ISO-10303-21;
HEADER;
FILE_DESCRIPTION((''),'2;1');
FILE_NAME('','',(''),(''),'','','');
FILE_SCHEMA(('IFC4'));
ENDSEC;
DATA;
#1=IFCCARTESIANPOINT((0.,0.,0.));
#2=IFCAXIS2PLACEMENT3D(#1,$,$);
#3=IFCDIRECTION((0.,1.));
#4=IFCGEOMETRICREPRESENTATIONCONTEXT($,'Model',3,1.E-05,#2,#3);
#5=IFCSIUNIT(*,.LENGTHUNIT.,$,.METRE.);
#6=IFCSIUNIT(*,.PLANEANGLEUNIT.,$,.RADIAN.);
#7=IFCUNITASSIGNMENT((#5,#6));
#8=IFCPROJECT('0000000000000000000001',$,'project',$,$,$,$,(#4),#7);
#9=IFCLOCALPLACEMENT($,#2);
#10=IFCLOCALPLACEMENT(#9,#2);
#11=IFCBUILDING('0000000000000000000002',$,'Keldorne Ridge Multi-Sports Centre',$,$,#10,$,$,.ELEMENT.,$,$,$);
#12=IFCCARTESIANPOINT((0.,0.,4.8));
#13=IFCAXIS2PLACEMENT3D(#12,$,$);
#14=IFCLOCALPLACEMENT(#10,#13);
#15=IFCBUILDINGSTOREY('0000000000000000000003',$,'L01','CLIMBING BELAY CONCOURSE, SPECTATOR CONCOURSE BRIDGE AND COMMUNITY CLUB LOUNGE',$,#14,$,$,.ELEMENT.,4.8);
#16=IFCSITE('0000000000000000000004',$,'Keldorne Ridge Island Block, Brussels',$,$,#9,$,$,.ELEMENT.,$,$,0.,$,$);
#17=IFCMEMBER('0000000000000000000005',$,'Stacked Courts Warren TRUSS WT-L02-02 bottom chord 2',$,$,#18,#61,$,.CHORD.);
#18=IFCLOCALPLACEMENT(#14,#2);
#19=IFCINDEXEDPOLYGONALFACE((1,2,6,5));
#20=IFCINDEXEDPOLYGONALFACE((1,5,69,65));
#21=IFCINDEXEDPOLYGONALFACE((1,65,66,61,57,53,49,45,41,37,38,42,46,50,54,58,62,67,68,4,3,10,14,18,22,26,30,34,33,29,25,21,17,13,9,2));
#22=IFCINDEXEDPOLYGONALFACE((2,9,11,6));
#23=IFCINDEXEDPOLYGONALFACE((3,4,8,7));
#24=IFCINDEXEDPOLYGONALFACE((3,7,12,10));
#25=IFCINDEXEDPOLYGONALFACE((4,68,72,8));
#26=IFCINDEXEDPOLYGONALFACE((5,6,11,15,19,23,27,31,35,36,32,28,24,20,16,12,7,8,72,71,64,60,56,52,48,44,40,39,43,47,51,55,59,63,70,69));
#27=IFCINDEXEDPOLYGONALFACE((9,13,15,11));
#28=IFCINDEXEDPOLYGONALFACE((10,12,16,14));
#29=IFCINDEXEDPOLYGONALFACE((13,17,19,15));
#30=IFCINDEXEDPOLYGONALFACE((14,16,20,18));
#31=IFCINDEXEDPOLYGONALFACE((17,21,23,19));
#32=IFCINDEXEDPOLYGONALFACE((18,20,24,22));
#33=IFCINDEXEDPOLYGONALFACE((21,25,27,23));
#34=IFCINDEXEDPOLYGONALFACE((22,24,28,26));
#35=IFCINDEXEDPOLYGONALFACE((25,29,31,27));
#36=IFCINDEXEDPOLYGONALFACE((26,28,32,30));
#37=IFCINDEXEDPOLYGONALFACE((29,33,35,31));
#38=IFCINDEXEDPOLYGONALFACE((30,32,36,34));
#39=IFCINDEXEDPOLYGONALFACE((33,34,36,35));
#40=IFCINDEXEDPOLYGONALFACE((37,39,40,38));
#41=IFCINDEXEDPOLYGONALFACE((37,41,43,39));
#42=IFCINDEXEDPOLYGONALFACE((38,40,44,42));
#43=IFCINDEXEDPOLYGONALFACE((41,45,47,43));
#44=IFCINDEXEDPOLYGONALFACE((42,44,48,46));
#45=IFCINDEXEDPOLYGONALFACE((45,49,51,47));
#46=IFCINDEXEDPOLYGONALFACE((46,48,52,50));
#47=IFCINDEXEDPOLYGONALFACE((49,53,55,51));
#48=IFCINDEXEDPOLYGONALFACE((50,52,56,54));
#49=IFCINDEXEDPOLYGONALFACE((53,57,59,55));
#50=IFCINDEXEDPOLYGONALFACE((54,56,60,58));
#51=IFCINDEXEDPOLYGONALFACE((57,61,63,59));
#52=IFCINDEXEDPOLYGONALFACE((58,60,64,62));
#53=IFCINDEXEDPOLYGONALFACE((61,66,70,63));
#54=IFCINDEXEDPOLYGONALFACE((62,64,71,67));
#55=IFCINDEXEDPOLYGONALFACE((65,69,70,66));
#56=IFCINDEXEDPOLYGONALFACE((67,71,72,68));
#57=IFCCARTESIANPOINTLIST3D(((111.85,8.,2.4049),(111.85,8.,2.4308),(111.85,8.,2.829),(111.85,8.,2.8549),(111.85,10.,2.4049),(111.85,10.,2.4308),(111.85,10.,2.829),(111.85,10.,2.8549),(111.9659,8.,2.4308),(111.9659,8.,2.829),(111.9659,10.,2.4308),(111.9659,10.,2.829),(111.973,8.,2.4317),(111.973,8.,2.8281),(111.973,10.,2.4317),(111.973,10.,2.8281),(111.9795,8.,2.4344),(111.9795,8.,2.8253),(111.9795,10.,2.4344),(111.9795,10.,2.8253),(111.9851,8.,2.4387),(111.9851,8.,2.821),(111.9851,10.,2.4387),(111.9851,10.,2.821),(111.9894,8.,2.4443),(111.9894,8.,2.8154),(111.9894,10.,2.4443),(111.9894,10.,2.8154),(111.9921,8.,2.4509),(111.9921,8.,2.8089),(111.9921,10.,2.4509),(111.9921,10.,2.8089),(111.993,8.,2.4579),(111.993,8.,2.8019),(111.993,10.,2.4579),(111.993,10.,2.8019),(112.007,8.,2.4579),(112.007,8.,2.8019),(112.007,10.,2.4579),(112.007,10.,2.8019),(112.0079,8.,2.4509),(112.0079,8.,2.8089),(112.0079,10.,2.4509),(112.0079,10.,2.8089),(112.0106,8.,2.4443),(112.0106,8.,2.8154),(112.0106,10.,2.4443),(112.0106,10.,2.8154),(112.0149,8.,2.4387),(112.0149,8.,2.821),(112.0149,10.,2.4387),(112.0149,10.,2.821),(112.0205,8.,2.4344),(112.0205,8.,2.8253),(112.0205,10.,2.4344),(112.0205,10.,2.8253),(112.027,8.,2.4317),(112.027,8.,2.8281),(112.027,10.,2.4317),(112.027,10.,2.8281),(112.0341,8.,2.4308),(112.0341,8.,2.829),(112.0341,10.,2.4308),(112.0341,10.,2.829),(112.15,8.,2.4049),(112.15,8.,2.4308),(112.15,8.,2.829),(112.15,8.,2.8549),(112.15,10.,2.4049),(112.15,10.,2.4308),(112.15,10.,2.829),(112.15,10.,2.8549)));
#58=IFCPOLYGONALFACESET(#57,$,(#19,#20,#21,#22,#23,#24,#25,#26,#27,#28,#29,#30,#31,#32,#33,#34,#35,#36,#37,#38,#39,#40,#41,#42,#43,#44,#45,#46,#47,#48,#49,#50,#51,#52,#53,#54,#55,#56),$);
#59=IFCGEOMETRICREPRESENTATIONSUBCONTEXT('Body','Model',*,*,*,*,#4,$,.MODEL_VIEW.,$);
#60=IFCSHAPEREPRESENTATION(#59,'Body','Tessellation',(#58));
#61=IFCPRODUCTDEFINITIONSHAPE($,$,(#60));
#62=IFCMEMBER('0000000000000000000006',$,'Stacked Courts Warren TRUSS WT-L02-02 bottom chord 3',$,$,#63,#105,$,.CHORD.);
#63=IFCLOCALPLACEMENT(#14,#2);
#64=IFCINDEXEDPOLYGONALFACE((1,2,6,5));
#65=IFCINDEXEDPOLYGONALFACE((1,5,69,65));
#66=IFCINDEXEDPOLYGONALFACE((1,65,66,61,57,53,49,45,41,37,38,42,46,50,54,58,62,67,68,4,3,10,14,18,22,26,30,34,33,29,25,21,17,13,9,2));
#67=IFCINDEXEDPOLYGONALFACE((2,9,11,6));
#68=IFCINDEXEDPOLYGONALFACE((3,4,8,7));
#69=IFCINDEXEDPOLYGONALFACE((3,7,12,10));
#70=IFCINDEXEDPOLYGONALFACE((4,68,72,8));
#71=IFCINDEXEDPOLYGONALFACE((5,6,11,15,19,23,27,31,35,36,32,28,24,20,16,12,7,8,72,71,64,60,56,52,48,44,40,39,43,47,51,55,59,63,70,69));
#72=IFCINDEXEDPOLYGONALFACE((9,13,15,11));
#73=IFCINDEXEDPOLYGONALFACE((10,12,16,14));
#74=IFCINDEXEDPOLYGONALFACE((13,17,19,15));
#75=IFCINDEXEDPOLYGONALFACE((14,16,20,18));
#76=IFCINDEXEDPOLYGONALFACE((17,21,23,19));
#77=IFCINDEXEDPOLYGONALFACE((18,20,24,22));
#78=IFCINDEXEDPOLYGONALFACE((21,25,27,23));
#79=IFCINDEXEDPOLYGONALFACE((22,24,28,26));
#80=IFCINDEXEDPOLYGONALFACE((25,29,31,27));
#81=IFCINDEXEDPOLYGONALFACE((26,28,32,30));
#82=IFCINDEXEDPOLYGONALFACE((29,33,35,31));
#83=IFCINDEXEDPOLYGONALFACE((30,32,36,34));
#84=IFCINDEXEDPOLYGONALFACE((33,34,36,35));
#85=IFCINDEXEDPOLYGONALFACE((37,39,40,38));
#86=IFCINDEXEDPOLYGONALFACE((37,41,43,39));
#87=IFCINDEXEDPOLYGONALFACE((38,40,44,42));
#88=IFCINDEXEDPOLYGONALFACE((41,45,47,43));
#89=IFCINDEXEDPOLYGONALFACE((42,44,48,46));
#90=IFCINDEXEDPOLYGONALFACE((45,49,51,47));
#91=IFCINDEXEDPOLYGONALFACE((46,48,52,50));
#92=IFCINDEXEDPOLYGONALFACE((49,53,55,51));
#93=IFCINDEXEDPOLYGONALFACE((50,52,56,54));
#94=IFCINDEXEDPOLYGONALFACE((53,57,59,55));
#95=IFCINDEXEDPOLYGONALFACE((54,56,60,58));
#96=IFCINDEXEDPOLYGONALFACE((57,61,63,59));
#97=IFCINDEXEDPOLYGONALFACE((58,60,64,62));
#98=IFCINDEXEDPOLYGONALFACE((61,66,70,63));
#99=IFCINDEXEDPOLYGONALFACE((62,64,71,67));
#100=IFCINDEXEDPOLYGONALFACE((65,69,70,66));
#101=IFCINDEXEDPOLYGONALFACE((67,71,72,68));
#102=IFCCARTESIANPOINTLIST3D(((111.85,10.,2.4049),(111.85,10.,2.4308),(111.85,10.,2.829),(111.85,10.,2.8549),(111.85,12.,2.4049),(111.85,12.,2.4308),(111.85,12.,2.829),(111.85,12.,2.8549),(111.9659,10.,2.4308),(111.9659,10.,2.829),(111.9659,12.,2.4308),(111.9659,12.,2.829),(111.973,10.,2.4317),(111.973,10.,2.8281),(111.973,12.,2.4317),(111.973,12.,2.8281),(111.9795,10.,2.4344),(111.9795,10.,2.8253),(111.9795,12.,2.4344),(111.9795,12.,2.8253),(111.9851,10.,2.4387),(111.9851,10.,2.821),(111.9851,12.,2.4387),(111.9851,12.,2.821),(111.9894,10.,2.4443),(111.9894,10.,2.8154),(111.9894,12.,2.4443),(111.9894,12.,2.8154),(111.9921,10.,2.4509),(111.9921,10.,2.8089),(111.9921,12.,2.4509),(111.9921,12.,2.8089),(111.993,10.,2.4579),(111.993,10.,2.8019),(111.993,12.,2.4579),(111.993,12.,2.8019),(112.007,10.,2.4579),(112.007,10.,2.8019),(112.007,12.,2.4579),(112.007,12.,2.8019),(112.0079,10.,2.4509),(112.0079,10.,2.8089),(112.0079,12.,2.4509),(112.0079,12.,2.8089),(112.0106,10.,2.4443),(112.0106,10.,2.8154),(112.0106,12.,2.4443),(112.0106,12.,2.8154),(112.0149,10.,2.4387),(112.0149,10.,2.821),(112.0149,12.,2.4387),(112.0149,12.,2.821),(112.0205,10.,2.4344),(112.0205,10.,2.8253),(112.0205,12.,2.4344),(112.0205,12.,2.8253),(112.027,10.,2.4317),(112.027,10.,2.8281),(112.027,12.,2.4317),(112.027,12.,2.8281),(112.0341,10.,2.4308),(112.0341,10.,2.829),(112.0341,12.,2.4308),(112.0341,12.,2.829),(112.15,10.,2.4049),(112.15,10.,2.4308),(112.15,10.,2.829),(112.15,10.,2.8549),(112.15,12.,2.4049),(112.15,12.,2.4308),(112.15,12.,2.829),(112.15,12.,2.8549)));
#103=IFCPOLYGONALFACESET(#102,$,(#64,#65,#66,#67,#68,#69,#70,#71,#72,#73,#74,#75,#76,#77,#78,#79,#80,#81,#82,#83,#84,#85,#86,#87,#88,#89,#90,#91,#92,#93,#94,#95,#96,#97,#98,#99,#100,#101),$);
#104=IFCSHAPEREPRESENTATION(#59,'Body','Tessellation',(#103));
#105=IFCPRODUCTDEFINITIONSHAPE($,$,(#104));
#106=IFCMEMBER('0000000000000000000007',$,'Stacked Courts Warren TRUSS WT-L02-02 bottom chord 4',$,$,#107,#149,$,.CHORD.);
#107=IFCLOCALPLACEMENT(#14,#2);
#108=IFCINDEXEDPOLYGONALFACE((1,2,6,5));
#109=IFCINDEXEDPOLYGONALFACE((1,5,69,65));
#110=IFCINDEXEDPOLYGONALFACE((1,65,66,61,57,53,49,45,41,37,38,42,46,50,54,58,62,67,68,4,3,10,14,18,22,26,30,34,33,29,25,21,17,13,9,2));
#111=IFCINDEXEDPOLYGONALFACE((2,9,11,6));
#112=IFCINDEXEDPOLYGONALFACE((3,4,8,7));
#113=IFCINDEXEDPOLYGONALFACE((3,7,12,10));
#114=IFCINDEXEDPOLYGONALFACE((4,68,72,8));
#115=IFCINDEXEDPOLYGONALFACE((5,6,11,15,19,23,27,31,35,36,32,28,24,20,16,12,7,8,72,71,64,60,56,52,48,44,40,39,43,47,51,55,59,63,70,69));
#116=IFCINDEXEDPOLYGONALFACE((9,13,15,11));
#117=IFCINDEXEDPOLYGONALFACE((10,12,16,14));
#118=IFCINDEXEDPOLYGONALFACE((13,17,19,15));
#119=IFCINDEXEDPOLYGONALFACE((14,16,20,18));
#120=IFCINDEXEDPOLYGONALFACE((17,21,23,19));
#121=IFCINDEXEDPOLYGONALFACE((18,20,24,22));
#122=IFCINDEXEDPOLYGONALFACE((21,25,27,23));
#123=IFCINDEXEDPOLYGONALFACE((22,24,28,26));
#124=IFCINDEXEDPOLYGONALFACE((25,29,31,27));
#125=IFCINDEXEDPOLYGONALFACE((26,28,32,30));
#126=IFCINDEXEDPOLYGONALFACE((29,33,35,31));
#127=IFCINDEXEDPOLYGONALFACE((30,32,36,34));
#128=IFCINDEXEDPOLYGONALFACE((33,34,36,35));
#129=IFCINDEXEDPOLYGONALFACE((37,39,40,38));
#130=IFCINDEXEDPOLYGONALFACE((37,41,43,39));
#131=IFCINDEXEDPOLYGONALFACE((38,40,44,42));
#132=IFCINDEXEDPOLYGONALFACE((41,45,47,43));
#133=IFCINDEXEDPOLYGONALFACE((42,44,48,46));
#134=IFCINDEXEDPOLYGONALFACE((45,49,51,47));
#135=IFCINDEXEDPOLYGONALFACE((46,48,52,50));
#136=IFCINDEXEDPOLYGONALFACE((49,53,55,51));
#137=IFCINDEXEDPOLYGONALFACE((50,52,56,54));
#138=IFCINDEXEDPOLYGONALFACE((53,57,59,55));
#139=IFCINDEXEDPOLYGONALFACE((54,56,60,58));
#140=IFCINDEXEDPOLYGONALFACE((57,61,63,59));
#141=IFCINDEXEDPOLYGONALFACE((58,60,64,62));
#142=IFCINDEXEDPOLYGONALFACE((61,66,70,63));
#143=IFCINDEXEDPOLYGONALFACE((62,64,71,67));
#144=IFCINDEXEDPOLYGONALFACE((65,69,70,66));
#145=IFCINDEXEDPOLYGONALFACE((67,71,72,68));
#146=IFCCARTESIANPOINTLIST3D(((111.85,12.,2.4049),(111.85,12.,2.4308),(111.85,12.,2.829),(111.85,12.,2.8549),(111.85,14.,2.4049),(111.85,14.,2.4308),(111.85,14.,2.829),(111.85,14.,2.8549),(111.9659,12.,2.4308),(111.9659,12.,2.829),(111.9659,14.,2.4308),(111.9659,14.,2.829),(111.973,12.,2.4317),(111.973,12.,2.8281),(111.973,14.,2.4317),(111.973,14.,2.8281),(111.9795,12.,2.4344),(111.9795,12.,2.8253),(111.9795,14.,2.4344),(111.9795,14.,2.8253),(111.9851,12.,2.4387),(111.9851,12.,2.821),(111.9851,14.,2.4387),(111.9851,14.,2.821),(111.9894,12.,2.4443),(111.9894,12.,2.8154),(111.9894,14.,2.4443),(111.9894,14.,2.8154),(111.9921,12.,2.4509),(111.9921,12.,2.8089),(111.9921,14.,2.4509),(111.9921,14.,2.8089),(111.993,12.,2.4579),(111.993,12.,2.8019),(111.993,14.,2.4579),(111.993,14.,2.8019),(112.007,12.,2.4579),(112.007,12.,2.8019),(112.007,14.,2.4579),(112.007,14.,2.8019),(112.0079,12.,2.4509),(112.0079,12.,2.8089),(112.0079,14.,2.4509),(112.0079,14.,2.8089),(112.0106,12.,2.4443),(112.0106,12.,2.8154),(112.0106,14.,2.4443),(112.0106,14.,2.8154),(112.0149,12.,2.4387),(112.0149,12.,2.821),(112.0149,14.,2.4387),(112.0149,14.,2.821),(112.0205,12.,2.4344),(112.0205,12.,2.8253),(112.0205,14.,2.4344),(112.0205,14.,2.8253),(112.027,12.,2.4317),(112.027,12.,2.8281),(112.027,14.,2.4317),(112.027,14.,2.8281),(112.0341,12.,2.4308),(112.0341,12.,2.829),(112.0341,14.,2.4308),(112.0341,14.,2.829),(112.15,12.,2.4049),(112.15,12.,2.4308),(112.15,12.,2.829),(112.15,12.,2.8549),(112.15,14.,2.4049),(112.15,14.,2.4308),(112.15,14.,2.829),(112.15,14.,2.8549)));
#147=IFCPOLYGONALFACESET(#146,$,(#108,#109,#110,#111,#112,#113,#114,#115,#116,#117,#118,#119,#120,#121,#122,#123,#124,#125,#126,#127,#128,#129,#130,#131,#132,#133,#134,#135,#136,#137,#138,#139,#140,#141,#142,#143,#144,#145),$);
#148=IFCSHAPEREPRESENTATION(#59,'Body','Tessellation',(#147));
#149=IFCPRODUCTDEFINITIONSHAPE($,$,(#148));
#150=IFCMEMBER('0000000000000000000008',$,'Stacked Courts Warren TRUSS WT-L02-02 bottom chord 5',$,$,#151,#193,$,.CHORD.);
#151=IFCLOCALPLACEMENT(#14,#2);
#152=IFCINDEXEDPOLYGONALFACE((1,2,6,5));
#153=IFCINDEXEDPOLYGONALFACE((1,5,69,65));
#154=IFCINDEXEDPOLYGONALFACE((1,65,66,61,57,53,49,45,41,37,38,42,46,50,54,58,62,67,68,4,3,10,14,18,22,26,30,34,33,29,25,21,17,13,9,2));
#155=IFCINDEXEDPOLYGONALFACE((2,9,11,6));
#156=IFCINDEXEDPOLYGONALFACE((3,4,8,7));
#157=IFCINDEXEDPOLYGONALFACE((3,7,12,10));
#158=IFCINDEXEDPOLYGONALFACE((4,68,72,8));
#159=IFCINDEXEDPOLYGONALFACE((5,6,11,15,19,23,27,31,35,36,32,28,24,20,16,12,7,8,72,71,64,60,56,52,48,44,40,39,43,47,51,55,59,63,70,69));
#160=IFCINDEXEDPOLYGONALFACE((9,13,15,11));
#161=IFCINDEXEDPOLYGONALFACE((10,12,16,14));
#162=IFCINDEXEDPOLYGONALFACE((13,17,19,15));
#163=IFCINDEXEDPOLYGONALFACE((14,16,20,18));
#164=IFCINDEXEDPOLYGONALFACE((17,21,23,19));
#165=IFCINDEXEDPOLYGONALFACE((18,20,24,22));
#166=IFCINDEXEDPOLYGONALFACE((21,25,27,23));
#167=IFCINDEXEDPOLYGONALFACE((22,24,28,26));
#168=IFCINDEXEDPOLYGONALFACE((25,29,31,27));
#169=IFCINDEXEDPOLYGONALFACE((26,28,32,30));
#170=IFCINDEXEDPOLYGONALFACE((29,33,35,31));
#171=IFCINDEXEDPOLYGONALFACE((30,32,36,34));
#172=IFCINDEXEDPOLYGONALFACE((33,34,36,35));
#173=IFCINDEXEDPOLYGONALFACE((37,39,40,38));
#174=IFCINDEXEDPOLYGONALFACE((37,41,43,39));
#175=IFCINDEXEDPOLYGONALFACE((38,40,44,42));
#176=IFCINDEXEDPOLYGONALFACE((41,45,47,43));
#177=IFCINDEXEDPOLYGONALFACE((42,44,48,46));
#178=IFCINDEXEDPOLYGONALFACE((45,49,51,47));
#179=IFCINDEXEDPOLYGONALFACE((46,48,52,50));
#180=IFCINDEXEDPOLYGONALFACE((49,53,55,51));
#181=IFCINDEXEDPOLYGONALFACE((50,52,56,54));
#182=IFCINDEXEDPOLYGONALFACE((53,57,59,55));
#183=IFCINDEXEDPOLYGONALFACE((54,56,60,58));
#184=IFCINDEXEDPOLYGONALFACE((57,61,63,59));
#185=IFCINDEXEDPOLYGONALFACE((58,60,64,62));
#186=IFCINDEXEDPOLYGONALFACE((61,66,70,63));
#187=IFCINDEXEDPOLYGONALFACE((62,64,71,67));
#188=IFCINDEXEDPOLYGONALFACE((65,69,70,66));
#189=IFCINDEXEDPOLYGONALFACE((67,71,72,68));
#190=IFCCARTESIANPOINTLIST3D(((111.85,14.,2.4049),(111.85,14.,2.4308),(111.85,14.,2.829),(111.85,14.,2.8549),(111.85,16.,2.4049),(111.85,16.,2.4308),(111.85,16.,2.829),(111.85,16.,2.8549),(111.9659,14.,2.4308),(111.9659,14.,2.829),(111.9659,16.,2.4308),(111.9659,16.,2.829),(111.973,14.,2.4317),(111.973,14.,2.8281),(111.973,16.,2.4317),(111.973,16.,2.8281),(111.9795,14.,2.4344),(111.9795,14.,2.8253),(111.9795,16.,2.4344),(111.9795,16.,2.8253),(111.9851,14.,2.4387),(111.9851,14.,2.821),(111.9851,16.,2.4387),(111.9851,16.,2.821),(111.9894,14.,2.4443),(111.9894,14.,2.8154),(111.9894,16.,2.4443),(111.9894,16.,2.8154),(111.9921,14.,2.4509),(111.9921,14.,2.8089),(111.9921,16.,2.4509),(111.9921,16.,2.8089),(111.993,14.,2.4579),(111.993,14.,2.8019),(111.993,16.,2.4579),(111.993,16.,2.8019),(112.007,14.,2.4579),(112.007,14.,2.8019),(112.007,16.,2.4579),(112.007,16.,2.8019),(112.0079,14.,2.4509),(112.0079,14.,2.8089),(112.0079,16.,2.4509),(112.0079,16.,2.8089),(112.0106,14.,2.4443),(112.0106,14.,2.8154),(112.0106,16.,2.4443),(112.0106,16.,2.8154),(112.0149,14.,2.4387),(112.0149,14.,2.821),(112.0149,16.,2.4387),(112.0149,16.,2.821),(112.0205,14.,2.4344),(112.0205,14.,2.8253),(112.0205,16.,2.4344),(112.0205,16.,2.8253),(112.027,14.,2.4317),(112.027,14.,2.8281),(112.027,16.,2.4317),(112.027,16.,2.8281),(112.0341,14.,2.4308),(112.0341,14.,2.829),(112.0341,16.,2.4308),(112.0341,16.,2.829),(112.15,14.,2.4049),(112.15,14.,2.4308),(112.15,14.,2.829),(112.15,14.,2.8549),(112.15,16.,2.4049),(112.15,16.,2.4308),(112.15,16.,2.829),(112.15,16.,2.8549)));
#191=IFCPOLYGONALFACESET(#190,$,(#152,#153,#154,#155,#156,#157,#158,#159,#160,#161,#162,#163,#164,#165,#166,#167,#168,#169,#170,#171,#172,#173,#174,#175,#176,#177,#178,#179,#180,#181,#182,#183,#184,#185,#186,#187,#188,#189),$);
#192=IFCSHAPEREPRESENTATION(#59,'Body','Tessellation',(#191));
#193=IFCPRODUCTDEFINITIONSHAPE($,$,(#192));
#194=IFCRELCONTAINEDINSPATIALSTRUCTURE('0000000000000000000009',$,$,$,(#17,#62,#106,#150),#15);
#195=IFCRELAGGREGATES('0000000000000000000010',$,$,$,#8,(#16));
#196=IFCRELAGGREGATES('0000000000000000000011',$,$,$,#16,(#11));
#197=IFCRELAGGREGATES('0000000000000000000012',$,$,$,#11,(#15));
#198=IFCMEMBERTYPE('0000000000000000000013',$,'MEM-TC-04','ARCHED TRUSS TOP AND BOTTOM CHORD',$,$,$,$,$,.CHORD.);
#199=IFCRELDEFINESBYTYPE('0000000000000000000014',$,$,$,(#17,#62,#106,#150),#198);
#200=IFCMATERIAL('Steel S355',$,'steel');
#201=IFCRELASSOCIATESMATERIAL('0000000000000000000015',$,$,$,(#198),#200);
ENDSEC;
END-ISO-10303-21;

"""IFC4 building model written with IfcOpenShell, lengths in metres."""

from ifc_helpers import new_model, si_unit, direction, frame, origin, origin_2d, place, context, subcontext, project, spatial, i_section, extrude, material, material_profile, profile_set, type_object, element, save


model = new_model("IFC4")

# Units and contexts
model_context = context("Model", 3, precision=1e-05, world=origin(), true_north=direction((0.0, 1.0)))
body_context = subcontext(model_context, "Body", "Model", "MODEL_VIEW")
ifc_project = project(units=[si_unit("LENGTHUNIT", "METRE"), si_unit("PLANEANGLEUNIT", "RADIAN")], contexts=[model_context])

# Site, building, storey
site_placement = place(None, origin())
site = spatial("IfcSite", under=ifc_project, at=site_placement, Name="Keldorne Ridge Island Block, Brussels", CompositionType="ELEMENT", RefElevation=0.0)
building_placement = place(site_placement, origin())
building = spatial("IfcBuilding", under=site, at=building_placement, Name="Keldorne Ridge Multi-Sports Centre", CompositionType="ELEMENT")
storey_placement = place(building_placement, frame((0.0, 0.0, 4.8)))
storey = spatial("IfcBuildingStorey", under=building, at=storey_placement, Name="L01", Description="CLIMBING BELAY CONCOURSE, SPECTATOR CONCOURSE BRIDGE AND COMMUNITY CLUB LOUNGE", CompositionType="ELEMENT", Elevation=4.8)

# Shared definitions
ifc_material_1 = material(Name="Steel S355", Category="steel")

# Members
ifc_material_profile_1 = material_profile(ifc_material_1, i_section(OverallWidth=0.3, OverallDepth=0.45, WebThickness=0.0139, FlangeThickness=0.0259, FilletRadius=0.0271, at=origin_2d()), Name="HEB 450")
ifc_profile_set_1 = profile_set([ifc_material_profile_1], Name="Steel S355")
member_type_1 = type_object("IfcMemberType", Name="MEM-TC-04", Description="ARCHED TRUSS TOP AND BOTTOM CHORD", PredefinedType="CHORD", material=ifc_profile_set_1)
for number, where, z_axis, x_axis, name in (
    (1, (112.0, 8.0, 2.6299), (0.0, 1.0, 0.0), (-1.0, 0.0, 0.0), "Stacked Courts Warren TRUSS WT-L02-02 bottom chord 2"),
    (2, (112.0, 10.0, 2.6299), (0.0, 1.0, 0.0), (-1.0, 0.0, 0.0), "Stacked Courts Warren TRUSS WT-L02-02 bottom chord 3"),
    (3, (112.0, 12.0, 2.6299), (0.0, 1.0, 0.0), (-1.0, 0.0, 0.0), "Stacked Courts Warren TRUSS WT-L02-02 bottom chord 4"),
    (4, (112.0, 14.0, 2.6299), (0.0, 1.0, 0.0), (-1.0, 0.0, 0.0), "Stacked Courts Warren TRUSS WT-L02-02 bottom chord 5"),
):
    element("IfcMember", number, at=place(storey_placement, frame(where, z_axis=z_axis, x_axis=x_axis)), inside=storey, type_object=member_type_1, Name=name, PredefinedType="CHORD", context=body_context, shape_type="SweptSolid", body=[
        extrude(i_section(OverallWidth=0.3, OverallDepth=0.45, WebThickness=0.0139, FlangeThickness=0.0259, FilletRadius=0.0271, at=origin_2d()), origin(), (0.0, 0.0, 1.0), 2.0),
    ])

save(model, "model.ifc")
